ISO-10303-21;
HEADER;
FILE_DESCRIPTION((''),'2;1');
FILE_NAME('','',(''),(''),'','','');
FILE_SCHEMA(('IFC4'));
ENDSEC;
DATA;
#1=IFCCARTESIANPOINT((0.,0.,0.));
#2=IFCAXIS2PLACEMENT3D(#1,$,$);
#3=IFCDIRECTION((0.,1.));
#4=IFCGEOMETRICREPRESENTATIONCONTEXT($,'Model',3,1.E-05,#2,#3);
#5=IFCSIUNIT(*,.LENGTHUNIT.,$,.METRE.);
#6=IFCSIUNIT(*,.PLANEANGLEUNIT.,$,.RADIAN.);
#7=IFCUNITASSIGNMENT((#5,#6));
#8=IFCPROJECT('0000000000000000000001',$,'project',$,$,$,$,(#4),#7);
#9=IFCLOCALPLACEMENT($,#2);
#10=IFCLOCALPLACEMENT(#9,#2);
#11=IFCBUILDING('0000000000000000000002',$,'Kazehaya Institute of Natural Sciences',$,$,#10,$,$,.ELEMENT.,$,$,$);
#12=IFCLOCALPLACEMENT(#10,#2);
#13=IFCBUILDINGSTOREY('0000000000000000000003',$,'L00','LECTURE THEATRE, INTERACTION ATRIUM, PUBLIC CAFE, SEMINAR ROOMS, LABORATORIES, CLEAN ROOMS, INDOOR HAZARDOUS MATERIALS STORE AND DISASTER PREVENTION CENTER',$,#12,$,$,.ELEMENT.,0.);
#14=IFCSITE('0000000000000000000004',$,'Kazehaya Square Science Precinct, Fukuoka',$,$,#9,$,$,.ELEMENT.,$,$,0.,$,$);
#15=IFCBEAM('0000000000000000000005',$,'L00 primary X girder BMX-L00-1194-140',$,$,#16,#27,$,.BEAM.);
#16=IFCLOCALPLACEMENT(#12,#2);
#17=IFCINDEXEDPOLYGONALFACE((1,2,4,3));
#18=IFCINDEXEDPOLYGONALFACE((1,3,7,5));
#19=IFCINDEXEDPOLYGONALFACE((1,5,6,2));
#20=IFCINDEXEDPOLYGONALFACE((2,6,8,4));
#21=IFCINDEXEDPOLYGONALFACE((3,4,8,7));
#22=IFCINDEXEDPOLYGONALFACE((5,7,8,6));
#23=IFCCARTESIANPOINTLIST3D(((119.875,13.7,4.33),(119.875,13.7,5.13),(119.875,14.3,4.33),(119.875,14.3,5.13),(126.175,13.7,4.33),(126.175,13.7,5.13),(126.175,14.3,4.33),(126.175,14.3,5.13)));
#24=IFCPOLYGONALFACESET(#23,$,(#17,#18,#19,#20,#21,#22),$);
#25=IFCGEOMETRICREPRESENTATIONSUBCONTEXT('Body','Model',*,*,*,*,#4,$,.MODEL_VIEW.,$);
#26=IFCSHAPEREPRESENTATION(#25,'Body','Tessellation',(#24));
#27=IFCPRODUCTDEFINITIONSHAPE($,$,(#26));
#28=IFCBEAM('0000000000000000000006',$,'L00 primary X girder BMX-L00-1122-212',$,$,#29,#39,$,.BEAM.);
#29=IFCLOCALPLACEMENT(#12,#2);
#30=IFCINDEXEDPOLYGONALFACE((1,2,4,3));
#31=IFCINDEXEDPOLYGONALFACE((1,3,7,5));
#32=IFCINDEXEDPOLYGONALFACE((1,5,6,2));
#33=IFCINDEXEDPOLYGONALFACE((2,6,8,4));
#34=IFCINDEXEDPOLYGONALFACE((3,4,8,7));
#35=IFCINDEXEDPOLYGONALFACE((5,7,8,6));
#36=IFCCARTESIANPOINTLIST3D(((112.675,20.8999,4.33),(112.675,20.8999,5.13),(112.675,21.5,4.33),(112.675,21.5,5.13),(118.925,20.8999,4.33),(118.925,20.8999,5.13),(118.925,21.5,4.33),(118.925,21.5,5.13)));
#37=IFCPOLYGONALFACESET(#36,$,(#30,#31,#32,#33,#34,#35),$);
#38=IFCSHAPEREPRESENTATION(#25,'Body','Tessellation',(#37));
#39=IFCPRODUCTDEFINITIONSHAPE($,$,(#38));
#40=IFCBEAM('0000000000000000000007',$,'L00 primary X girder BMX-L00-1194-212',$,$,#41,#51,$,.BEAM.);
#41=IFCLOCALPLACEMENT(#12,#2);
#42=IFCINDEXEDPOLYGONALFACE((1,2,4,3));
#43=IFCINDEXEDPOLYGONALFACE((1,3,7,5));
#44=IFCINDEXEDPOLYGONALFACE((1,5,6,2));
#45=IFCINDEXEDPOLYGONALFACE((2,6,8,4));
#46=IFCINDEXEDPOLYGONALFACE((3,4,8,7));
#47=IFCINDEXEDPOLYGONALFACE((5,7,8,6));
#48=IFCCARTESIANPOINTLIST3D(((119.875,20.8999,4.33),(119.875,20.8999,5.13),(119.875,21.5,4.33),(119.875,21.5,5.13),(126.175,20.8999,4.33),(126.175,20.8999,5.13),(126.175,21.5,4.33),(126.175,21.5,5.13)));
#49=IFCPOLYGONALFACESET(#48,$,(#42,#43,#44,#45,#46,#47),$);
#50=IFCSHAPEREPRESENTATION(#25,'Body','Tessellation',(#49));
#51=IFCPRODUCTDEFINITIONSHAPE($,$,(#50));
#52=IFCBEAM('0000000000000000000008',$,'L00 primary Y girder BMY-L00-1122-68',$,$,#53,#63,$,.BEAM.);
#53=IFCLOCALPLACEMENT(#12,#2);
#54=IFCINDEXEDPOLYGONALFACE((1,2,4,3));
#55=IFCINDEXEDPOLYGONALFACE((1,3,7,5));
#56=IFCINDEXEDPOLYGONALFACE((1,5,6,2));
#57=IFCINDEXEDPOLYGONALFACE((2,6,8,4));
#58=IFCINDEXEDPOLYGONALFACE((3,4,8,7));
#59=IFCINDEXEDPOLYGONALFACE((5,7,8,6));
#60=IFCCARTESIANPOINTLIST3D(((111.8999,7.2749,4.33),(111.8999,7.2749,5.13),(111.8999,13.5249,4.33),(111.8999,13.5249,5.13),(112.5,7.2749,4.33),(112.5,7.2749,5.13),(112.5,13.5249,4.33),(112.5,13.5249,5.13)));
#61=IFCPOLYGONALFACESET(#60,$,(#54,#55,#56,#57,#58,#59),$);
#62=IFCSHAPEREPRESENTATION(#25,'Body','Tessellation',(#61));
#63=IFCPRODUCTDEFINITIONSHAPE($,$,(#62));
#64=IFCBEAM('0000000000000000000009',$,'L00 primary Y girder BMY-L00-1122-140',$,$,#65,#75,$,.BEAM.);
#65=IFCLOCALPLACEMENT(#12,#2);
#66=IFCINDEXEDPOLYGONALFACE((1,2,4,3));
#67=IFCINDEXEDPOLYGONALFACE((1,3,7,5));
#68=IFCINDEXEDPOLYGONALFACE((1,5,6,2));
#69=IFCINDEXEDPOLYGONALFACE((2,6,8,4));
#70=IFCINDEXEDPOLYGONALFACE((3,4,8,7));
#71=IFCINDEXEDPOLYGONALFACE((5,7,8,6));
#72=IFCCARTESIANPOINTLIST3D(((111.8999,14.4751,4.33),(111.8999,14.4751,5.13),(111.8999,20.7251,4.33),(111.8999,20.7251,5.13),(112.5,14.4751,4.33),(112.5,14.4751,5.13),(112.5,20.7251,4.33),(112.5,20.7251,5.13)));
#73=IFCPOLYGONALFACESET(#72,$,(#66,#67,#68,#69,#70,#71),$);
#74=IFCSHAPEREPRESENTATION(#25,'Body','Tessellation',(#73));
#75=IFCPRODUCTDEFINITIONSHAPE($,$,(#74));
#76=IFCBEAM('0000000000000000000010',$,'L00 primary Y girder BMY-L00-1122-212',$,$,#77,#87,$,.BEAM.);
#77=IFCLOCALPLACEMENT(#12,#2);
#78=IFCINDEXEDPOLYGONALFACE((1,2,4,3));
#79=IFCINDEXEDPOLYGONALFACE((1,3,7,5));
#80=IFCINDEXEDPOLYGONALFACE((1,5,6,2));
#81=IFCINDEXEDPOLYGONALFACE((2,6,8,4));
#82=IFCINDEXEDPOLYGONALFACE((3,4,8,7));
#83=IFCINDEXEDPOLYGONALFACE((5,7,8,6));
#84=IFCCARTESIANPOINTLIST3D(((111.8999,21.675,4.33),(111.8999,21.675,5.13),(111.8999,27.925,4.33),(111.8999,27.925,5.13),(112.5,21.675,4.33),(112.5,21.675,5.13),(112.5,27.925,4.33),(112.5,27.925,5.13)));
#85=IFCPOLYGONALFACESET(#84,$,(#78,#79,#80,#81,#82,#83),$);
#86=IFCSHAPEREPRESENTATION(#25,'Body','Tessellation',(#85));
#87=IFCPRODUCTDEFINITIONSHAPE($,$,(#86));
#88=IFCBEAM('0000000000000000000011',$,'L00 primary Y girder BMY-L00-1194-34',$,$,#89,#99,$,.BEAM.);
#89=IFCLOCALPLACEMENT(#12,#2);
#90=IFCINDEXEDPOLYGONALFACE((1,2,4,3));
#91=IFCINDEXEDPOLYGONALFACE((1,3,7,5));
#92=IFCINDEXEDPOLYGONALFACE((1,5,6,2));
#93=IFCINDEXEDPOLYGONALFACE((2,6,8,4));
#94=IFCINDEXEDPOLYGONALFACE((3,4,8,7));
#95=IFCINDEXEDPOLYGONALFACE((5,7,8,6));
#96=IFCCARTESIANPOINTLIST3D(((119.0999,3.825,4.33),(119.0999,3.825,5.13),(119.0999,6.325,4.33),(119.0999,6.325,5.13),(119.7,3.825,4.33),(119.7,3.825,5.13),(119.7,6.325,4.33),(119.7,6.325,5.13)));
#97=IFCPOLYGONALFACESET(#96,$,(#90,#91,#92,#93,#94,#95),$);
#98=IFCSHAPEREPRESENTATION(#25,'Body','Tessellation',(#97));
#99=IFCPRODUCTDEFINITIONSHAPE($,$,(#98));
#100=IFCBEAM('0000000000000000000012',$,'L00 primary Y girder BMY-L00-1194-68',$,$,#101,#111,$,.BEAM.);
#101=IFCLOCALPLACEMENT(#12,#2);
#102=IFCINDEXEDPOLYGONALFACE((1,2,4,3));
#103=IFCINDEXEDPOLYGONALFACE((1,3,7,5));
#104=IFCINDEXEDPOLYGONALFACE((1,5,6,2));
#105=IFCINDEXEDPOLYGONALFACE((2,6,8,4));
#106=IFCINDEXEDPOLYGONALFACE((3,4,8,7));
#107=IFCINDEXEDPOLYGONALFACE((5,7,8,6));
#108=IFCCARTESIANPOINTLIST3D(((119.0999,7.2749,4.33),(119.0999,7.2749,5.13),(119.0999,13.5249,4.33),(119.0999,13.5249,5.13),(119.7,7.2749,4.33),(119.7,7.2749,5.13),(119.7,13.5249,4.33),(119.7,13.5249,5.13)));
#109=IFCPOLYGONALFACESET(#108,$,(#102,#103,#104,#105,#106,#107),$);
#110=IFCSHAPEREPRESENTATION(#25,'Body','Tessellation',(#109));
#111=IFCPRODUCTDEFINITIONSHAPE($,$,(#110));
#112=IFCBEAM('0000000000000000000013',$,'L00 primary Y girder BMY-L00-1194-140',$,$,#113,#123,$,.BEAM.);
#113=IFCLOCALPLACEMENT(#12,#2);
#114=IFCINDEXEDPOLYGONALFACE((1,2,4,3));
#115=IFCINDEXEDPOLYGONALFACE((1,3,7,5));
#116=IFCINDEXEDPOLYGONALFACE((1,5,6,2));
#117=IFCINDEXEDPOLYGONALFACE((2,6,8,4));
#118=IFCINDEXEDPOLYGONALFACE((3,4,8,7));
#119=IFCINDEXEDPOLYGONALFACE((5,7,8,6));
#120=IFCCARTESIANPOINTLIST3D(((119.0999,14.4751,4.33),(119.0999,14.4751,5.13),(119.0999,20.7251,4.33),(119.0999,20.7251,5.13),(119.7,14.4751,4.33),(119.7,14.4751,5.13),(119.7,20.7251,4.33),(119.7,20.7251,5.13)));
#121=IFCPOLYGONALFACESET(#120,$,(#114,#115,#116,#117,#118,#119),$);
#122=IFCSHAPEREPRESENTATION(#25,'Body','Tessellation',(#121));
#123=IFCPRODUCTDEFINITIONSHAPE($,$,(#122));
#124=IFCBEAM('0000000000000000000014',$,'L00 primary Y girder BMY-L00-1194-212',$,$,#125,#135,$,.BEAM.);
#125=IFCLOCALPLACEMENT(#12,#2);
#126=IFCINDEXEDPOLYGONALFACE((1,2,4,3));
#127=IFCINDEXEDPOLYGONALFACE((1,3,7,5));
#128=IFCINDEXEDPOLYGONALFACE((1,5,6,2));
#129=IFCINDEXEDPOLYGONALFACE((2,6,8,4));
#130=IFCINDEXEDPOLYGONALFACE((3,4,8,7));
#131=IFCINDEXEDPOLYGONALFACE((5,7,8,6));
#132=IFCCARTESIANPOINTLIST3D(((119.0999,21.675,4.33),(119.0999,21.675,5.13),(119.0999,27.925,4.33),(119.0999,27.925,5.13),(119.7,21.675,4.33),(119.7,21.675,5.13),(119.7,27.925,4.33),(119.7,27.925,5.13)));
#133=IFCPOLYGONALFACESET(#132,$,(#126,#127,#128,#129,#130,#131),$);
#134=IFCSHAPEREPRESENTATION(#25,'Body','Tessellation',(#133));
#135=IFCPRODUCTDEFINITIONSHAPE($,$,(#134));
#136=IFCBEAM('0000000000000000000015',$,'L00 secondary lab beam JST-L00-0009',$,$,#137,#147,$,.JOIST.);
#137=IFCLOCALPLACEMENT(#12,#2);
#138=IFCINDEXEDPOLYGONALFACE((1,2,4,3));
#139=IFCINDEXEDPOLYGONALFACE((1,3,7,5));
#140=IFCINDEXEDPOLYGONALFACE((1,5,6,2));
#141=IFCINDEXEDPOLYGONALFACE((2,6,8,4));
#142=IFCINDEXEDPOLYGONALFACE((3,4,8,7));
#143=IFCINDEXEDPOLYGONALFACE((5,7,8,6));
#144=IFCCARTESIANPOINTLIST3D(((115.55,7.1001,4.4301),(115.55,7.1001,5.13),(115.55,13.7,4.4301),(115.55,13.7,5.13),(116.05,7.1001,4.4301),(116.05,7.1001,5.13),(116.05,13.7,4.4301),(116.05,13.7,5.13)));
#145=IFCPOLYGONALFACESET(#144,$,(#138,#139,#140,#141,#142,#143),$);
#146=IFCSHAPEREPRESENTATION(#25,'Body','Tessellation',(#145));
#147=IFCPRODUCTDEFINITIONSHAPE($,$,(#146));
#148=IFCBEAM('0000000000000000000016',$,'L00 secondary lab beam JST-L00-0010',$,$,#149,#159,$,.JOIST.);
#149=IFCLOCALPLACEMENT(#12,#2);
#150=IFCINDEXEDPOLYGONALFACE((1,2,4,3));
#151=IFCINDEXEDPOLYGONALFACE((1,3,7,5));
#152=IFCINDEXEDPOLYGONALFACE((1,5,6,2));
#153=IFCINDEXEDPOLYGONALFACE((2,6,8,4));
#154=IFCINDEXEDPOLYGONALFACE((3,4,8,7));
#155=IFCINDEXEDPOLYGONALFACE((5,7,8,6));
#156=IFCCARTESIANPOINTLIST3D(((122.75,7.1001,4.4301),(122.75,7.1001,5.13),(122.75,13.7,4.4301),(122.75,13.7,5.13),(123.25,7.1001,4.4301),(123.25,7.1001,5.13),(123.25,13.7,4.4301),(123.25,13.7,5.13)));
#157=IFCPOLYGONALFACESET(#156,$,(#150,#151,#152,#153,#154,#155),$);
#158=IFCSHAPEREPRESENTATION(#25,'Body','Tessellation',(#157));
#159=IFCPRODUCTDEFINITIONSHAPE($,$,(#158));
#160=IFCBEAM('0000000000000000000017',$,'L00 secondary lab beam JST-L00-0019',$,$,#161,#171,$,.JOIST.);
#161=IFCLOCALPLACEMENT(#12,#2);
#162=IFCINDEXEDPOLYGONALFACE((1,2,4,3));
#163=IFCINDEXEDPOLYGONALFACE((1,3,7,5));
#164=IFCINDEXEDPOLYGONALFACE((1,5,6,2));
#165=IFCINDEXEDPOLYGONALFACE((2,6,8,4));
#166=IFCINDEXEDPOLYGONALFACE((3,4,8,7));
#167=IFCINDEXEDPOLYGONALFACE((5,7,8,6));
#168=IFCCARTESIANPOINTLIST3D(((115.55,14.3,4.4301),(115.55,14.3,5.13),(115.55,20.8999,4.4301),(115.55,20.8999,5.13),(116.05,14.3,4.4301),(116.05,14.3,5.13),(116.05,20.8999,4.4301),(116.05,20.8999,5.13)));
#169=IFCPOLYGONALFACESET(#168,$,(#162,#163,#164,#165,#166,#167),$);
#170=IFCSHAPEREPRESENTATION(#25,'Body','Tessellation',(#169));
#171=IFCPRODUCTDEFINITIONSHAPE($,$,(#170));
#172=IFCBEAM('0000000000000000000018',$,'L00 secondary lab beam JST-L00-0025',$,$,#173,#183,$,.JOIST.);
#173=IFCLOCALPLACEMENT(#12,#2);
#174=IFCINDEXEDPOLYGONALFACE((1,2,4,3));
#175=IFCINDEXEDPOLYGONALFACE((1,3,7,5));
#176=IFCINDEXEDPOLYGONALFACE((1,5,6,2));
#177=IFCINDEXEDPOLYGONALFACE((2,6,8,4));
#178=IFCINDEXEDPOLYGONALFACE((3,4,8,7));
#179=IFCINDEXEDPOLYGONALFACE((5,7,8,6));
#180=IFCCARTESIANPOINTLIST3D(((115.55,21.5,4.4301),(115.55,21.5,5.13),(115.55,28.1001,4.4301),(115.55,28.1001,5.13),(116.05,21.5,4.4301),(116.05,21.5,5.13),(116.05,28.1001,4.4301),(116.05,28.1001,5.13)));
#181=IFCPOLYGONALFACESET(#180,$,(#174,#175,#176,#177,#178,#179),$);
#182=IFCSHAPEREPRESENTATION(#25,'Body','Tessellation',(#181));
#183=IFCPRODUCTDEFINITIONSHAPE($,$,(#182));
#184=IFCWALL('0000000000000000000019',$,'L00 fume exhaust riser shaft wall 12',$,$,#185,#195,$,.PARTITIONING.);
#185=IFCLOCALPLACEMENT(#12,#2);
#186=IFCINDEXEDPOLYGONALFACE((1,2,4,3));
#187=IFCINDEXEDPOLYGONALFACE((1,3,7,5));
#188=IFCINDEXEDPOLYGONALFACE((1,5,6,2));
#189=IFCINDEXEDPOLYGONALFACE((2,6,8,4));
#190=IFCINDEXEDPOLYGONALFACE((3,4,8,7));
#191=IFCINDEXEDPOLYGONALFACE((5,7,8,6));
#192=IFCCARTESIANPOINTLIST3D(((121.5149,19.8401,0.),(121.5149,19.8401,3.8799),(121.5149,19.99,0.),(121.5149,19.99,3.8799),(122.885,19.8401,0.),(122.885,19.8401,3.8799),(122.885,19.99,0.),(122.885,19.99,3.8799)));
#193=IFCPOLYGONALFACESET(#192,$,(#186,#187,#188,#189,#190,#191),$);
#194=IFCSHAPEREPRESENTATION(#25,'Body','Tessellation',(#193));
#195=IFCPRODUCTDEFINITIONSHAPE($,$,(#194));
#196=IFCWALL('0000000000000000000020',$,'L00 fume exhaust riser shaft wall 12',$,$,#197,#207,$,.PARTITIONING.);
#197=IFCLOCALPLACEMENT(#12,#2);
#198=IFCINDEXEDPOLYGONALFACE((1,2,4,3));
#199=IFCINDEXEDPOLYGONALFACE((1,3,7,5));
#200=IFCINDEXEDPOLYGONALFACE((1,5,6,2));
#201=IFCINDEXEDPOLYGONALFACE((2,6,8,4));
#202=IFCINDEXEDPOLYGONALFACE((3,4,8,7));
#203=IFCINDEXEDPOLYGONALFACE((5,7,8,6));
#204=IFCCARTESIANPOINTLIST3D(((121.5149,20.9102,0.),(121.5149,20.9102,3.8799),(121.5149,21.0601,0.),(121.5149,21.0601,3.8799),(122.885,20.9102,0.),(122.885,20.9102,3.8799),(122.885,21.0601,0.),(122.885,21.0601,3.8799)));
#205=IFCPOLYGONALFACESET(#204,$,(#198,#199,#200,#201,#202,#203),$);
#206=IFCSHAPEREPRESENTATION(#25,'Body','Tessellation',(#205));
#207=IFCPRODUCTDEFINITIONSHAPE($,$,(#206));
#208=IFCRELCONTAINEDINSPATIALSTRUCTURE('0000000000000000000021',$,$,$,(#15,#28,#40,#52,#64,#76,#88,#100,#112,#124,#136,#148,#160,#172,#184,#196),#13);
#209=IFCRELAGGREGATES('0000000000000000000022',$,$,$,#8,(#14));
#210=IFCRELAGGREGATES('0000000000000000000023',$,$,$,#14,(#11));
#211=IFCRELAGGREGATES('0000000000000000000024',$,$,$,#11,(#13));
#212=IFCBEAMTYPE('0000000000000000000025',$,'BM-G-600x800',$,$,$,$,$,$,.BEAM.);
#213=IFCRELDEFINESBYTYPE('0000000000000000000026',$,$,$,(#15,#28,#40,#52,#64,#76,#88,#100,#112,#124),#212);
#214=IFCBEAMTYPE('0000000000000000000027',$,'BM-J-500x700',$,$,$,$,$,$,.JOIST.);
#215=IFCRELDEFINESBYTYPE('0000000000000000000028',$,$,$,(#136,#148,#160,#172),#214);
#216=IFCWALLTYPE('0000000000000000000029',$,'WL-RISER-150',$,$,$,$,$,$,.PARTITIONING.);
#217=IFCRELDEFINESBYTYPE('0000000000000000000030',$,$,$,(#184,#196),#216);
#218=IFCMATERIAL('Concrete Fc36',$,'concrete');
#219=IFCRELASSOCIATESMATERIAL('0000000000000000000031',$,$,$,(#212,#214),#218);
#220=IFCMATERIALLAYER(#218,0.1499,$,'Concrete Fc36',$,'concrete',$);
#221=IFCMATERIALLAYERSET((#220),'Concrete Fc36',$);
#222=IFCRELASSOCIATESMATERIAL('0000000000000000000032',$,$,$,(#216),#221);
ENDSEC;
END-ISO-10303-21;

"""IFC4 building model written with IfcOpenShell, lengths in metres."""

from ifc_helpers import new_model, si_unit, direction, frame, frame_2d, origin, origin_2d, place, context, subcontext, project, spatial, rectangle, extrude, material, layer, layer_set, material_profile, profile_set, type_object, element, save


model = new_model("IFC4")

# Units and contexts
model_context = context("Model", 3, precision=1e-05, world=origin(), true_north=direction((0.0, 1.0)))
body_context = subcontext(model_context, "Body", "Model", "MODEL_VIEW")
ifc_project = project(units=[si_unit("LENGTHUNIT", "METRE"), si_unit("PLANEANGLEUNIT", "RADIAN")], contexts=[model_context])

# Site, building, storey
site_placement = place(None, origin())
site = spatial("IfcSite", under=ifc_project, at=site_placement, Name="Kazehaya Square Science Precinct, Fukuoka", CompositionType="ELEMENT", RefElevation=0.0)
building_placement = place(site_placement, origin())
building = spatial("IfcBuilding", under=site, at=building_placement, Name="Kazehaya Institute of Natural Sciences", CompositionType="ELEMENT")
storey_placement = place(building_placement, origin())
storey = spatial("IfcBuildingStorey", under=building, at=storey_placement, Name="L00", Description="LECTURE THEATRE, INTERACTION ATRIUM, PUBLIC CAFE, SEMINAR ROOMS, LABORATORIES, CLEAN ROOMS, INDOOR HAZARDOUS MATERIALS STORE AND DISASTER PREVENTION CENTER", CompositionType="ELEMENT", Elevation=0.0)

# Shared definitions
ifc_material_1 = material(Name="Concrete Fc36", Category="concrete")

# Beams
ifc_material_profile_1 = material_profile(ifc_material_1, rectangle(XDim=0.6001, YDim=0.8, at=origin_2d()), Name="RC-600x800")
ifc_profile_set_1 = profile_set([ifc_material_profile_1], Name="Concrete Fc36")
beam_type_1 = type_object("IfcBeamType", Name="BM-G-600x800", PredefinedType="BEAM", material=ifc_profile_set_1)
beam_1_placement = place(storey_placement, frame((119.875, 14.0, 4.73), z_axis=(1.0, 0.0, 0.0), x_axis=(0.0, 1.0, 0.0)))
element("IfcBeam", 1, at=beam_1_placement, inside=storey, type_object=beam_type_1, Name="L00 primary X girder BMX-L00-1194-140", PredefinedType="BEAM", context=body_context, shape_type="SweptSolid", body=[
    extrude(rectangle(XDim=0.6001, YDim=0.8, at=origin_2d()), origin(), (0.0, 0.0, 1.0), 6.3),
])
beam_2_placement = place(storey_placement, frame((112.675, 21.2, 4.73), z_axis=(1.0, 0.0, 0.0), x_axis=(0.0, 1.0, 0.0)))
element("IfcBeam", 2, at=beam_2_placement, inside=storey, type_object=beam_type_1, Name="L00 primary X girder BMX-L00-1122-212", PredefinedType="BEAM", context=body_context, shape_type="SweptSolid", body=[
    extrude(rectangle(XDim=0.6001, YDim=0.8, at=origin_2d()), origin(), (0.0, 0.0, 1.0), 6.25),
])
beam_3_placement = place(storey_placement, frame((119.875, 21.2, 4.73), z_axis=(1.0, 0.0, 0.0), x_axis=(0.0, 1.0, 0.0)))
element("IfcBeam", 3, at=beam_3_placement, inside=storey, type_object=beam_type_1, Name="L00 primary X girder BMX-L00-1194-212", PredefinedType="BEAM", context=body_context, shape_type="SweptSolid", body=[
    extrude(rectangle(XDim=0.6001, YDim=0.8, at=origin_2d()), origin(), (0.0, 0.0, 1.0), 6.3),
])
for number, where, z_axis, x_axis, name in (
    (4, (112.2, 7.2749, 4.73), (0.0, 1.0, 0.0), (-1.0, 0.0, 0.0), "L00 primary Y girder BMY-L00-1122-68"),
    (5, (112.2, 14.4751, 4.73), (0.0, 1.0, 0.0), (-1.0, 0.0, 0.0), "L00 primary Y girder BMY-L00-1122-140"),
    (6, (112.2, 21.675, 4.73), (0.0, 1.0, 0.0), (-1.0, 0.0, 0.0), "L00 primary Y girder BMY-L00-1122-212"),
):
    element("IfcBeam", number, at=place(storey_placement, frame(where, z_axis=z_axis, x_axis=x_axis)), inside=storey, type_object=beam_type_1, Name=name, PredefinedType="BEAM", context=body_context, shape_type="SweptSolid", body=[
        extrude(rectangle(XDim=0.6001, YDim=0.8, at=origin_2d()), origin(), (0.0, 0.0, 1.0), 6.25),
    ])
beam_4_placement = place(storey_placement, frame((119.3999, 3.825, 4.73), z_axis=(0.0, 1.0, 0.0), x_axis=(-1.0, 0.0, 0.0)))
element("IfcBeam", 7, at=beam_4_placement, inside=storey, type_object=beam_type_1, Name="L00 primary Y girder BMY-L00-1194-34", PredefinedType="BEAM", context=body_context, shape_type="SweptSolid", body=[
    extrude(rectangle(XDim=0.6001, YDim=0.8, at=origin_2d()), origin(), (0.0, 0.0, 1.0), 2.5),
])
for number, where, z_axis, x_axis, name in (
    (8, (119.3999, 7.2749, 4.73), (0.0, 1.0, 0.0), (-1.0, 0.0, 0.0), "L00 primary Y girder BMY-L00-1194-68"),
    (9, (119.3999, 14.4751, 4.73), (0.0, 1.0, 0.0), (-1.0, 0.0, 0.0), "L00 primary Y girder BMY-L00-1194-140"),
    (10, (119.3999, 21.675, 4.73), (0.0, 1.0, 0.0), (-1.0, 0.0, 0.0), "L00 primary Y girder BMY-L00-1194-212"),
):
    element("IfcBeam", number, at=place(storey_placement, frame(where, z_axis=z_axis, x_axis=x_axis)), inside=storey, type_object=beam_type_1, Name=name, PredefinedType="BEAM", context=body_context, shape_type="SweptSolid", body=[
        extrude(rectangle(XDim=0.6001, YDim=0.8, at=origin_2d()), origin(), (0.0, 0.0, 1.0), 6.25),
    ])
ifc_material_profile_2 = material_profile(ifc_material_1, rectangle(XDim=0.5, YDim=0.7, at=origin_2d()), Name="RC-500x700")
ifc_profile_set_2 = profile_set([ifc_material_profile_2], Name="Concrete Fc36")
beam_type_2 = type_object("IfcBeamType", Name="BM-J-500x700", PredefinedType="JOIST", material=ifc_profile_set_2)
for number, where, z_axis, x_axis, name in (
    (11, (115.8, 7.1001, 4.78), (0.0, 1.0, 0.0), (-1.0, 0.0, 0.0), "L00 secondary lab beam JST-L00-0009"),
    (12, (123.0, 7.1001, 4.78), (0.0, 1.0, 0.0), (-1.0, 0.0, 0.0), "L00 secondary lab beam JST-L00-0010"),
    (13, (115.8, 14.3, 4.78), (0.0, 1.0, 0.0), (-1.0, 0.0, 0.0), "L00 secondary lab beam JST-L00-0019"),
):
    element("IfcBeam", number, at=place(storey_placement, frame(where, z_axis=z_axis, x_axis=x_axis)), inside=storey, type_object=beam_type_2, Name=name, PredefinedType="JOIST", context=body_context, shape_type="SweptSolid", body=[
        extrude(rectangle(XDim=0.5, YDim=0.7, at=origin_2d()), origin(), (0.0, 0.0, 1.0), 6.5999),
    ])
beam_5_placement = place(storey_placement, frame((115.8, 21.5, 4.78), z_axis=(0.0, 1.0, 0.0), x_axis=(-1.0, 0.0, 0.0)))
element("IfcBeam", 14, at=beam_5_placement, inside=storey, type_object=beam_type_2, Name="L00 secondary lab beam JST-L00-0025", PredefinedType="JOIST", context=body_context, shape_type="SweptSolid", body=[
    extrude(rectangle(XDim=0.5, YDim=0.7, at=origin_2d()), origin(), (0.0, 0.0, 1.0), 6.6001),
])

# Walls
ifc_layer_1 = layer(ifc_material_1, 0.1499, Name="Concrete Fc36", Category="concrete")
ifc_layer_set_1 = layer_set([ifc_layer_1], Name="Concrete Fc36")
wall_type_1 = type_object("IfcWallType", Name="WL-RISER-150", PredefinedType="PARTITIONING", material=ifc_layer_set_1)
for number, where, z_axis, x_axis, name in (
    (15, (122.885, 19.915, 0.0), (0.0, 0.0, 1.0), (-1.0, 0.0, 0.0), "L00 fume exhaust riser shaft wall 12"),
    (16, (121.5149, 20.9851, 0.0), (0.0, 0.0, 1.0), (1.0, 0.0, 0.0), "L00 fume exhaust riser shaft wall 12"),
):
    element("IfcWall", number, at=place(storey_placement, frame(where, z_axis=z_axis, x_axis=x_axis)), inside=storey, type_object=wall_type_1, Name=name, PredefinedType="PARTITIONING", context=body_context, shape_type="SweptSolid", body=[
        extrude(rectangle(XDim=1.3701, YDim=0.1499, at=frame_2d((0.6851, 0.0))), origin(), (0.0, 0.0, 1.0), 3.8799),
    ])

save(model, "model.ifc")
